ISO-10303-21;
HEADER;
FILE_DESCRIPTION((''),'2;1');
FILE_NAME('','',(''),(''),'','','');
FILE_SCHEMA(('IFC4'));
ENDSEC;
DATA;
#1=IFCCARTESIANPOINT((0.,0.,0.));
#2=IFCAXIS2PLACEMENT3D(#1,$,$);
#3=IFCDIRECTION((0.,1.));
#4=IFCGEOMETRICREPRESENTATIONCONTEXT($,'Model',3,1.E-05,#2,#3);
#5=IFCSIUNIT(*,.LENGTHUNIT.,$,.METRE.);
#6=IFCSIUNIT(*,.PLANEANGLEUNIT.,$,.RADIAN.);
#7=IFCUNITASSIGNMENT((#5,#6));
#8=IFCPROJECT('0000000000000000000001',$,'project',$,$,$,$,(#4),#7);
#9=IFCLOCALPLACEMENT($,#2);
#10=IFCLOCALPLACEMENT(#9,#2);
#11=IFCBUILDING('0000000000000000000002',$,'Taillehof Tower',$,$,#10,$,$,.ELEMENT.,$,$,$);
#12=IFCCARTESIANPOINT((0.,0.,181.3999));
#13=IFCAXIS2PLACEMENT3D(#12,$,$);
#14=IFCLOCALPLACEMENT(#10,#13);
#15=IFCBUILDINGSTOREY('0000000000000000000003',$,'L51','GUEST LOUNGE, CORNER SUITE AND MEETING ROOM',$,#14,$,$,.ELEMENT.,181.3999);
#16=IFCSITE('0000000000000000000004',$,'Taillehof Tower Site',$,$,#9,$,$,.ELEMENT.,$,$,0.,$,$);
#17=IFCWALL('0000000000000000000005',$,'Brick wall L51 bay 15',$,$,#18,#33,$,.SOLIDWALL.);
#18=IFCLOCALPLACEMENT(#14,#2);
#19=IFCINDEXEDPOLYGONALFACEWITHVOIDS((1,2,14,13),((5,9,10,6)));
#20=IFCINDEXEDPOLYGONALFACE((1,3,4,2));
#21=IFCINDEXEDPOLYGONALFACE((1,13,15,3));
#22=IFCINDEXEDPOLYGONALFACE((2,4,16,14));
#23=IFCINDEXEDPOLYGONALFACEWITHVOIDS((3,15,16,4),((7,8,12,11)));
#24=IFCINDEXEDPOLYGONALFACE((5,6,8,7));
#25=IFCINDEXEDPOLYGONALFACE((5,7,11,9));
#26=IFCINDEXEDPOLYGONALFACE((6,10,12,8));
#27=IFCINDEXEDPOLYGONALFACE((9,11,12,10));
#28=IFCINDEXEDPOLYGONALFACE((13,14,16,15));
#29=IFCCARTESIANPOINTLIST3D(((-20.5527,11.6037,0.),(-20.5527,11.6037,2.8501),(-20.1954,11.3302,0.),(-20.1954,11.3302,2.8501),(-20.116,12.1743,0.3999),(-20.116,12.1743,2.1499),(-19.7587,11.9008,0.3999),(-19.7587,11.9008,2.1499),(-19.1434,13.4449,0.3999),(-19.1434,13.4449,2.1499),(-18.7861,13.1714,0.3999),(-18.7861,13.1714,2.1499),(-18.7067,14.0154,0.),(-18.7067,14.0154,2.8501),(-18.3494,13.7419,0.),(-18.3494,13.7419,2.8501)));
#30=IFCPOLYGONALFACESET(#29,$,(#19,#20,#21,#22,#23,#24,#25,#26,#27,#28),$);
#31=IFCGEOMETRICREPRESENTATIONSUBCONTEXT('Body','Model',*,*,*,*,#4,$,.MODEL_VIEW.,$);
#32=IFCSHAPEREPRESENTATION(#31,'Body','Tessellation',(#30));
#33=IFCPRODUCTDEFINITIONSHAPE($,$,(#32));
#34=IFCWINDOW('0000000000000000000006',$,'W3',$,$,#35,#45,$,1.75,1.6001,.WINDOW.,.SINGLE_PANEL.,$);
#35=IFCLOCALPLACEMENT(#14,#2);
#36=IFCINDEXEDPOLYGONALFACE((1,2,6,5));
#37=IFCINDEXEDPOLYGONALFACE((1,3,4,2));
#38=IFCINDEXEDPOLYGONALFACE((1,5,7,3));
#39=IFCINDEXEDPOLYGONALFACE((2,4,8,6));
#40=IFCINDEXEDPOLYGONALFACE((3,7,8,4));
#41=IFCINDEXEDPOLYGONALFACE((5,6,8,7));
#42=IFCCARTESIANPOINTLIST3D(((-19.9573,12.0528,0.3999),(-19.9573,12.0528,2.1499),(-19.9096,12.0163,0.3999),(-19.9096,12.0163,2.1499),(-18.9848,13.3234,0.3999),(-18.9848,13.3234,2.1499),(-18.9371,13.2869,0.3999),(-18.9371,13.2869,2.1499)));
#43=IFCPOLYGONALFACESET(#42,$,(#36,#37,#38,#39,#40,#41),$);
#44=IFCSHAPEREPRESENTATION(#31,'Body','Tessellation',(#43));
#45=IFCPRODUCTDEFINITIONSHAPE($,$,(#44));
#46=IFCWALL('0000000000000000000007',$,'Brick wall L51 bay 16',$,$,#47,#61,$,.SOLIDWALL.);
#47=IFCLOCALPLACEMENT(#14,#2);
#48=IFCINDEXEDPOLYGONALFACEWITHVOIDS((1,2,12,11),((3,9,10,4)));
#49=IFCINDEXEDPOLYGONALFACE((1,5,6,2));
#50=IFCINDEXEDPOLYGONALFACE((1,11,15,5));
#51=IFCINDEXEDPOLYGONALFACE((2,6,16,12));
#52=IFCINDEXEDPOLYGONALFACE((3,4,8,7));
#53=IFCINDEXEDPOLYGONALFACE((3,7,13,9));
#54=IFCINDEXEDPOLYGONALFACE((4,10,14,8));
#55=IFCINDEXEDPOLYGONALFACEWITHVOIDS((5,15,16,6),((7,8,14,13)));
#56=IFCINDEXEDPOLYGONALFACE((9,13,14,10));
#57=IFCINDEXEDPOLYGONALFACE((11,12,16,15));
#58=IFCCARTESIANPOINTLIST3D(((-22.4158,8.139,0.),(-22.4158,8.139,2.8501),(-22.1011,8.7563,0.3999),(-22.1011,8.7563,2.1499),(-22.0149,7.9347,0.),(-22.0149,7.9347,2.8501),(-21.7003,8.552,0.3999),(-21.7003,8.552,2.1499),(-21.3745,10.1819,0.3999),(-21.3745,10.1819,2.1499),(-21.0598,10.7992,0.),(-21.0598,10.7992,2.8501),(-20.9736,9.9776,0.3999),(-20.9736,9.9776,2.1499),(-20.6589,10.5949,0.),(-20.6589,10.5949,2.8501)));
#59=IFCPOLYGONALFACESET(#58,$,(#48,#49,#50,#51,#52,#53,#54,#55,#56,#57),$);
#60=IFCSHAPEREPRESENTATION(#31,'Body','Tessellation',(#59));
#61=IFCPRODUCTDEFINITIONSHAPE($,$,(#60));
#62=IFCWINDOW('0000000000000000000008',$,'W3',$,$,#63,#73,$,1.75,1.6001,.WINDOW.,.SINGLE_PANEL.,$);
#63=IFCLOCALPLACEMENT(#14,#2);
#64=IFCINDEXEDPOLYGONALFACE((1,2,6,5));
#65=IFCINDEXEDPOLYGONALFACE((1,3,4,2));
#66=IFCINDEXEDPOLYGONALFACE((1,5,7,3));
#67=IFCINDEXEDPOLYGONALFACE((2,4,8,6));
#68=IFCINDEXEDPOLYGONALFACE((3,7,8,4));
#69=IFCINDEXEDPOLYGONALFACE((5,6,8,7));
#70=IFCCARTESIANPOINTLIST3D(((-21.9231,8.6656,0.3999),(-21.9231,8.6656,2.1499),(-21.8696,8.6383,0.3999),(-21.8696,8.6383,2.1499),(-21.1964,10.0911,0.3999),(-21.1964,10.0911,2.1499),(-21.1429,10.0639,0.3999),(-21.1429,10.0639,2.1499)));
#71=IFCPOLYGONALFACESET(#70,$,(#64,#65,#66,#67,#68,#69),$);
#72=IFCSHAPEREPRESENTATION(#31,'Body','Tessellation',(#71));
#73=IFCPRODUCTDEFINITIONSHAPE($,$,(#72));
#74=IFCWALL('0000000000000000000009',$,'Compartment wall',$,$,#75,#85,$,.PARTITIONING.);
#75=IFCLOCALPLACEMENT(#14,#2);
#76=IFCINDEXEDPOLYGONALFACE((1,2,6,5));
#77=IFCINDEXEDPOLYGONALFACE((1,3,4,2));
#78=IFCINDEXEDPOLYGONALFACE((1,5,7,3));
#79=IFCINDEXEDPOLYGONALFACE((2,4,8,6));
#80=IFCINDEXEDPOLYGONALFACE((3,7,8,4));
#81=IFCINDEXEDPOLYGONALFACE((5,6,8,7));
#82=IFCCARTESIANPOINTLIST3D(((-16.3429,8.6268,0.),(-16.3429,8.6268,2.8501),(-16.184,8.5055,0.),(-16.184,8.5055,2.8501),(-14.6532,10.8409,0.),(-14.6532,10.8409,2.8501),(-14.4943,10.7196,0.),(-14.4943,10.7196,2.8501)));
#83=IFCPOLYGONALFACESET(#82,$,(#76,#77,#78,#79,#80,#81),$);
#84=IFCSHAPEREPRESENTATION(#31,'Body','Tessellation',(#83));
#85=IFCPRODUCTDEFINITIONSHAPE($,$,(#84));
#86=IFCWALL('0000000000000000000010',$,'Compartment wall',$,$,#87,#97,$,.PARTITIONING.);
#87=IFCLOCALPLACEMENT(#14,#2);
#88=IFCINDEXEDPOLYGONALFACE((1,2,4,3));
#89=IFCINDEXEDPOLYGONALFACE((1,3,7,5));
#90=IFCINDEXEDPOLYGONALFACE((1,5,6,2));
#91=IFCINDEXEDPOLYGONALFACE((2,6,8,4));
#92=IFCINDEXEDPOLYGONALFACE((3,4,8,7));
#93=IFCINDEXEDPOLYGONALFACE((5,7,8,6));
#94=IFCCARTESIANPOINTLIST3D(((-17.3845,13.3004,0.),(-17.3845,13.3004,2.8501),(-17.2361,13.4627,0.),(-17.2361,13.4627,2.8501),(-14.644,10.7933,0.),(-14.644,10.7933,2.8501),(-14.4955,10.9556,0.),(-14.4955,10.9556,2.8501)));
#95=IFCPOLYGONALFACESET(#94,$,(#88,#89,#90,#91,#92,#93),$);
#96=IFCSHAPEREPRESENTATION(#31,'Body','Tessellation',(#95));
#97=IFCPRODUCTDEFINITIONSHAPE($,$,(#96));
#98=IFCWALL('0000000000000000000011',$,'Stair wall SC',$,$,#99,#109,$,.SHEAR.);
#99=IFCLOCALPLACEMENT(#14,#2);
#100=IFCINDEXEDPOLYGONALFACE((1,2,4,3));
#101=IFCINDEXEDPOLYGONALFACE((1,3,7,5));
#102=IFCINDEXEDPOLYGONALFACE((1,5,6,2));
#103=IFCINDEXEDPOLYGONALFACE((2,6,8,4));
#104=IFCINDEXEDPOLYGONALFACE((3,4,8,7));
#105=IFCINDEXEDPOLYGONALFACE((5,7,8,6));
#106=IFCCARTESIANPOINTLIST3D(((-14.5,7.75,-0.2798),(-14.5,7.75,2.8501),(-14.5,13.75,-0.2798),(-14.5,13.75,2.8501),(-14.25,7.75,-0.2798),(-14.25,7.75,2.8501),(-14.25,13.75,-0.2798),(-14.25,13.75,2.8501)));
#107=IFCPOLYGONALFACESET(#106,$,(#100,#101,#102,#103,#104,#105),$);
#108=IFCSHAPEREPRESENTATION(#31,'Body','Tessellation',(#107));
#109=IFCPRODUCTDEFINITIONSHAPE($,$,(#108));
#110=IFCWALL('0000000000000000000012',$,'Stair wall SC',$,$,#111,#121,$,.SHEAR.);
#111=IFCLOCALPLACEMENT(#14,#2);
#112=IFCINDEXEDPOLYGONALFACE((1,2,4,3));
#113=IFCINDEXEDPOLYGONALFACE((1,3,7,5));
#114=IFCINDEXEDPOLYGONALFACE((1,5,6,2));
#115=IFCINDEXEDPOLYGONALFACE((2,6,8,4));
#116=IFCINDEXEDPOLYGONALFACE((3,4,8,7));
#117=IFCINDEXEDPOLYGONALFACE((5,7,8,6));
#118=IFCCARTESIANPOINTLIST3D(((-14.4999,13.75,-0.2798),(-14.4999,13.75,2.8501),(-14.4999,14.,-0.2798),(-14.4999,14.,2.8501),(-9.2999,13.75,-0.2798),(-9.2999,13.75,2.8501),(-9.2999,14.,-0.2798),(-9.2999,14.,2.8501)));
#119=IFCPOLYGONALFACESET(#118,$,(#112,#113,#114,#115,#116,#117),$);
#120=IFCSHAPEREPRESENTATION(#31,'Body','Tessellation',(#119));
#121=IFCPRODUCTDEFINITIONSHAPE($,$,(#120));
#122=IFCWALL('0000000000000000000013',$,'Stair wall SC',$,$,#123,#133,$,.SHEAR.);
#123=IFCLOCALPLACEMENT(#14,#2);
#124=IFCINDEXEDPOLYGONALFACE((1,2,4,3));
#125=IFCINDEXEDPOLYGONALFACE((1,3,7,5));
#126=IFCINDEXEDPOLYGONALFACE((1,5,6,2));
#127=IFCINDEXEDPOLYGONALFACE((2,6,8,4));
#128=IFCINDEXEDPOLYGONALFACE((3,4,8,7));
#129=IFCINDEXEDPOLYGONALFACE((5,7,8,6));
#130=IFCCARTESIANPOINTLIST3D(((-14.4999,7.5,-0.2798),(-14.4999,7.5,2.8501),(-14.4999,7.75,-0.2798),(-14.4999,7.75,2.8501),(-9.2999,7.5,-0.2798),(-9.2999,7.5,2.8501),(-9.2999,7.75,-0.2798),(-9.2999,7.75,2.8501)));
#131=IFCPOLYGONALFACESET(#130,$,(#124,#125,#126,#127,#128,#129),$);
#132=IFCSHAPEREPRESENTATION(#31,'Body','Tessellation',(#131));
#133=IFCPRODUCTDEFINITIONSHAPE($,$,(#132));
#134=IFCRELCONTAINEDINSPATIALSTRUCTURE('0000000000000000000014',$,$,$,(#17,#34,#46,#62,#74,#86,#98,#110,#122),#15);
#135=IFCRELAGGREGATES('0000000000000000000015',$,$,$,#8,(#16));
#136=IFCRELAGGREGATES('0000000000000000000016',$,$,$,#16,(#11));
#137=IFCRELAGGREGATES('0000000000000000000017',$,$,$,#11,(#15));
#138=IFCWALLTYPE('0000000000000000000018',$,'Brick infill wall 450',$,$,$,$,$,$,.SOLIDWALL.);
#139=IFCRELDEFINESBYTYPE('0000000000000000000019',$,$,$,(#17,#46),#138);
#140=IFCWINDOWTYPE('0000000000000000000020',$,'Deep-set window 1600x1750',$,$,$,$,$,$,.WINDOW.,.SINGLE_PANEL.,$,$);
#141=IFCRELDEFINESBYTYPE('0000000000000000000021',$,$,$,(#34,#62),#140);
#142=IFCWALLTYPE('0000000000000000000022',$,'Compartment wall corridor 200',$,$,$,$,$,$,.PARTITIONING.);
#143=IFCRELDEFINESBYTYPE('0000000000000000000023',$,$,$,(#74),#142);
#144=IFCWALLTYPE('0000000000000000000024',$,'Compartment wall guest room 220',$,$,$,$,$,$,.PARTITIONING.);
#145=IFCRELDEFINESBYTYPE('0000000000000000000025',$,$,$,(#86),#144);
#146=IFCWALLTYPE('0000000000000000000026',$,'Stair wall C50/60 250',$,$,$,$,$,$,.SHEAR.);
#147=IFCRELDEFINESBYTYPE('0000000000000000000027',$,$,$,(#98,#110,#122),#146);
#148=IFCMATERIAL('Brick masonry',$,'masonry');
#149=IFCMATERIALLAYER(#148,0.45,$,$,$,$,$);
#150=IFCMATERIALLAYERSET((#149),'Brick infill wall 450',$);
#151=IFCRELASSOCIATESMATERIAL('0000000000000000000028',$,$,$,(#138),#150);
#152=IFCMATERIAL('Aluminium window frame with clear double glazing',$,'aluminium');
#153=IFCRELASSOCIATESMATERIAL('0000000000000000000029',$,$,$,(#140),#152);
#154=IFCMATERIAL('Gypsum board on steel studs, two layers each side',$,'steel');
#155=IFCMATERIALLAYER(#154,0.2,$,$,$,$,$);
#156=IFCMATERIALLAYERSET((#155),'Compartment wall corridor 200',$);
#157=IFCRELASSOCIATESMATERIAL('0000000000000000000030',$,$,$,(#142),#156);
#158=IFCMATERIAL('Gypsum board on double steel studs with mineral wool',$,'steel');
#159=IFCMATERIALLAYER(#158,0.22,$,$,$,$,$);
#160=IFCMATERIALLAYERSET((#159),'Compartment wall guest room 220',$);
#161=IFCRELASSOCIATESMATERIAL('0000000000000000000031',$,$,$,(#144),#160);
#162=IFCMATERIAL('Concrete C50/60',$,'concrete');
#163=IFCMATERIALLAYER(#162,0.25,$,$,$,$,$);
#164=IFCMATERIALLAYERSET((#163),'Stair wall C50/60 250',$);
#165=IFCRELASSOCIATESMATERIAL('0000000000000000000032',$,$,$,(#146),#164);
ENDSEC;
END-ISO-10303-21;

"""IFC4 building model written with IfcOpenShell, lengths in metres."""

from ifc_helpers import new_model, si_unit, direction, frame, frame_2d, origin, place, context, subcontext, project, spatial, rectangle, extrude, material, layer, layer_set, type_object, element, fill, save


model = new_model("IFC4")

# Units and contexts
model_context = context("Model", 3, precision=1e-05, world=origin(), true_north=direction((0.0, 1.0)))
body_context = subcontext(model_context, "Body", "Model", "MODEL_VIEW")
ifc_project = project(units=[si_unit("LENGTHUNIT", "METRE"), si_unit("PLANEANGLEUNIT", "RADIAN")], contexts=[model_context])

# Site, building, storey
site_placement = place(None, origin())
site = spatial("IfcSite", under=ifc_project, at=site_placement, Name="Taillehof Tower Site", CompositionType="ELEMENT", RefElevation=0.0)
building_placement = place(site_placement, origin())
building = spatial("IfcBuilding", under=site, at=building_placement, Name="Taillehof Tower", CompositionType="ELEMENT")
storey_placement = place(building_placement, frame((0.0, 0.0, 181.3999)))
storey = spatial("IfcBuildingStorey", under=building, at=storey_placement, Name="L51", Description="GUEST LOUNGE, CORNER SUITE AND MEETING ROOM", CompositionType="ELEMENT", Elevation=181.3999)

# Walls, openings, windows
ifc_material_1 = material(Name="Brick masonry", Category="masonry")
ifc_layer_1 = layer(ifc_material_1, 0.45)
ifc_layer_set_1 = layer_set([ifc_layer_1], Name="Brick infill wall 450")
wall_type_1 = type_object("IfcWallType", Name="Brick infill wall 450", PredefinedType="SOLIDWALL", material=ifc_layer_set_1)
ifc_material_2 = material(Name="Aluminium window frame with clear double glazing", Category="aluminium")
window_type = type_object("IfcWindowType", Name="Deep-set window 1600x1750", PartitioningType="SINGLE_PANEL", PredefinedType="WINDOW", material=ifc_material_2)
wall_1_placement = place(storey_placement, frame((-18.5281, 13.8787, 0.0), z_axis=(0.0, 0.0, 1.0), x_axis=(-0.607817, -0.794077, 0.0)))
wall_1 = element("IfcWall", 1, at=wall_1_placement, inside=storey, type_object=wall_type_1, Name="Brick wall L51 bay 15", PredefinedType="SOLIDWALL", context=body_context, shape_type="SweptSolid", body=[
    extrude(rectangle(XDim=3.0371, YDim=0.45, at=frame_2d((1.5186, 0.0))), origin(), (0.0, 0.0, 1.0), 2.8501),
])
opening_1_placement = place(wall_1_placement, frame((0.7185, 0.0, 0.3999)))
opening_1 = element("IfcOpeningElement", 2, at=opening_1_placement, cuts=wall_1, PredefinedType="OPENING", context=body_context, shape_type="SweptSolid", body=[
    extrude(rectangle(XDim=1.6001, YDim=1.75, at=frame_2d((0.8, 0.875))), frame((0.0, 0.2349, 0.0), z_axis=(0.0, -1.0, 0.0), x_axis=(1.0, 0.0, 0.0)), (0.0, 0.0, 1.0), 0.47),
])
window_1_placement = place(opening_1_placement, origin())
window_1 = element("IfcWindow", 3, at=window_1_placement, inside=storey, type_object=window_type, Name="W3", OverallHeight=1.75, OverallWidth=1.6001, PartitioningType="SINGLE_PANEL", PredefinedType="WINDOW", context=body_context, shape_type="SweptSolid", body=[
    extrude(rectangle(XDim=1.6001, YDim=1.75, at=frame_2d((0.8, 0.875))), frame((0.0, 0.0349, 0.0), z_axis=(0.0, -1.0, 0.0), x_axis=(1.0, 0.0, 0.0)), (0.0, 0.0, 1.0), 0.0601),
])
fill(opening_1, window_1)
wall_2_placement = place(storey_placement, frame((-20.8594, 10.697, 0.0), z_axis=(0.0, 0.0, 1.0), x_axis=(-0.454134, -0.890933, 0.0)))
wall_2 = element("IfcWall", 4, at=wall_2_placement, inside=storey, type_object=wall_type_1, Name="Brick wall L51 bay 16", PredefinedType="SOLIDWALL", context=body_context, shape_type="SweptSolid", body=[
    extrude(rectangle(XDim=2.9858, YDim=0.45, at=frame_2d((1.4929, 0.0))), origin(), (0.0, 0.0, 1.0), 2.8501),
])
opening_2_placement = place(wall_2_placement, frame((0.6929, 0.0, 0.3999)))
opening_2 = element("IfcOpeningElement", 5, at=opening_2_placement, cuts=wall_2, PredefinedType="OPENING", context=body_context, shape_type="SweptSolid", body=[
    extrude(rectangle(XDim=1.6001, YDim=1.75, at=frame_2d((0.8, 0.875))), frame((0.0, 0.2349, 0.0), z_axis=(0.0, -1.0, 0.0), x_axis=(1.0, 0.0, 0.0)), (0.0, 0.0, 1.0), 0.47),
])
window_2_placement = place(opening_2_placement, origin())
window_2 = element("IfcWindow", 6, at=window_2_placement, inside=storey, type_object=window_type, Name="W3", OverallHeight=1.75, OverallWidth=1.6001, PartitioningType="SINGLE_PANEL", PredefinedType="WINDOW", context=body_context, shape_type="SweptSolid", body=[
    extrude(rectangle(XDim=1.6001, YDim=1.75, at=frame_2d((0.8, 0.875))), frame((0.0, 0.0349, 0.0), z_axis=(0.0, -1.0, 0.0), x_axis=(1.0, 0.0, 0.0)), (0.0, 0.0, 1.0), 0.0601),
])
fill(opening_2, window_2)

# Walls
ifc_material_3 = material(Name="Gypsum board on steel studs, two layers each side", Category="steel")
ifc_layer_2 = layer(ifc_material_3, 0.2)
ifc_layer_set_2 = layer_set([ifc_layer_2], Name="Compartment wall corridor 200")
wall_type_2 = type_object("IfcWallType", Name="Compartment wall corridor 200", PredefinedType="PARTITIONING", material=ifc_layer_set_2)
wall_3_placement = place(storey_placement, frame((-16.2634, 8.5662, 0.0), z_axis=(0.0, 0.0, 1.0), x_axis=(0.606669, 0.794955, 0.0)))
element("IfcWall", 7, at=wall_3_placement, inside=storey, type_object=wall_type_2, Name="Compartment wall", PredefinedType="PARTITIONING", context=body_context, shape_type="SweptSolid", body=[
    extrude(rectangle(XDim=2.7852, YDim=0.2, at=frame_2d((1.3926, 0.0))), origin(), (0.0, 0.0, 1.0), 2.8501),
])
ifc_material_4 = material(Name="Gypsum board on double steel studs with mineral wool", Category="steel")
ifc_layer_3 = layer(ifc_material_4, 0.22)
ifc_layer_set_3 = layer_set([ifc_layer_3], Name="Compartment wall guest room 220")
wall_type_3 = type_object("IfcWallType", Name="Compartment wall guest room 220", PredefinedType="PARTITIONING", material=ifc_layer_set_3)
wall_4_placement = place(storey_placement, frame((-17.3103, 13.3816, 0.0), z_axis=(0.0, 0.0, 1.0), x_axis=(0.737828, -0.674989, 0.0)))
element("IfcWall", 8, at=wall_4_placement, inside=storey, type_object=wall_type_3, Name="Compartment wall", PredefinedType="PARTITIONING", context=body_context, shape_type="SweptSolid", body=[
    extrude(rectangle(XDim=3.7144, YDim=0.22, at=frame_2d((1.8572, 0.0))), origin(), (0.0, 0.0, 1.0), 2.8501),
])
ifc_material_5 = material(Name="Concrete C50/60", Category="concrete")
ifc_layer_4 = layer(ifc_material_5, 0.25)
ifc_layer_set_4 = layer_set([ifc_layer_4], Name="Stair wall C50/60 250")
wall_type_4 = type_object("IfcWallType", Name="Stair wall C50/60 250", PredefinedType="SHEAR", material=ifc_layer_set_4)
wall_5_placement = place(storey_placement, frame((-14.375, 7.75, -0.2798), z_axis=(0.0, 0.0, 1.0), x_axis=(0.0, 1.0, 0.0)))
element("IfcWall", 9, at=wall_5_placement, inside=storey, type_object=wall_type_4, Name="Stair wall SC", PredefinedType="SHEAR", context=body_context, shape_type="SweptSolid", body=[
    extrude(rectangle(XDim=6.0, YDim=0.25, at=frame_2d((3.0, 0.0))), origin(), (0.0, 0.0, 1.0), 3.1299),
])
for number, where, z_axis, x_axis, name in (
    (10, (-14.5, 13.875, -0.2798), (0.0, 0.0, 1.0), (1.0, 0.0, 0.0), "Stair wall SC"),
    (11, (-14.5, 7.625, -0.2798), (0.0, 0.0, 1.0), (1.0, 0.0, 0.0), "Stair wall SC"),
):
    element("IfcWall", number, at=place(storey_placement, frame(where, z_axis=z_axis, x_axis=x_axis)), inside=storey, type_object=wall_type_4, Name=name, PredefinedType="SHEAR", context=body_context, shape_type="SweptSolid", body=[
        extrude(rectangle(XDim=5.2, YDim=0.25, at=frame_2d((2.6001, 0.0))), origin(), (0.0, 0.0, 1.0), 3.1299),
    ])

save(model, "model.ifc")
